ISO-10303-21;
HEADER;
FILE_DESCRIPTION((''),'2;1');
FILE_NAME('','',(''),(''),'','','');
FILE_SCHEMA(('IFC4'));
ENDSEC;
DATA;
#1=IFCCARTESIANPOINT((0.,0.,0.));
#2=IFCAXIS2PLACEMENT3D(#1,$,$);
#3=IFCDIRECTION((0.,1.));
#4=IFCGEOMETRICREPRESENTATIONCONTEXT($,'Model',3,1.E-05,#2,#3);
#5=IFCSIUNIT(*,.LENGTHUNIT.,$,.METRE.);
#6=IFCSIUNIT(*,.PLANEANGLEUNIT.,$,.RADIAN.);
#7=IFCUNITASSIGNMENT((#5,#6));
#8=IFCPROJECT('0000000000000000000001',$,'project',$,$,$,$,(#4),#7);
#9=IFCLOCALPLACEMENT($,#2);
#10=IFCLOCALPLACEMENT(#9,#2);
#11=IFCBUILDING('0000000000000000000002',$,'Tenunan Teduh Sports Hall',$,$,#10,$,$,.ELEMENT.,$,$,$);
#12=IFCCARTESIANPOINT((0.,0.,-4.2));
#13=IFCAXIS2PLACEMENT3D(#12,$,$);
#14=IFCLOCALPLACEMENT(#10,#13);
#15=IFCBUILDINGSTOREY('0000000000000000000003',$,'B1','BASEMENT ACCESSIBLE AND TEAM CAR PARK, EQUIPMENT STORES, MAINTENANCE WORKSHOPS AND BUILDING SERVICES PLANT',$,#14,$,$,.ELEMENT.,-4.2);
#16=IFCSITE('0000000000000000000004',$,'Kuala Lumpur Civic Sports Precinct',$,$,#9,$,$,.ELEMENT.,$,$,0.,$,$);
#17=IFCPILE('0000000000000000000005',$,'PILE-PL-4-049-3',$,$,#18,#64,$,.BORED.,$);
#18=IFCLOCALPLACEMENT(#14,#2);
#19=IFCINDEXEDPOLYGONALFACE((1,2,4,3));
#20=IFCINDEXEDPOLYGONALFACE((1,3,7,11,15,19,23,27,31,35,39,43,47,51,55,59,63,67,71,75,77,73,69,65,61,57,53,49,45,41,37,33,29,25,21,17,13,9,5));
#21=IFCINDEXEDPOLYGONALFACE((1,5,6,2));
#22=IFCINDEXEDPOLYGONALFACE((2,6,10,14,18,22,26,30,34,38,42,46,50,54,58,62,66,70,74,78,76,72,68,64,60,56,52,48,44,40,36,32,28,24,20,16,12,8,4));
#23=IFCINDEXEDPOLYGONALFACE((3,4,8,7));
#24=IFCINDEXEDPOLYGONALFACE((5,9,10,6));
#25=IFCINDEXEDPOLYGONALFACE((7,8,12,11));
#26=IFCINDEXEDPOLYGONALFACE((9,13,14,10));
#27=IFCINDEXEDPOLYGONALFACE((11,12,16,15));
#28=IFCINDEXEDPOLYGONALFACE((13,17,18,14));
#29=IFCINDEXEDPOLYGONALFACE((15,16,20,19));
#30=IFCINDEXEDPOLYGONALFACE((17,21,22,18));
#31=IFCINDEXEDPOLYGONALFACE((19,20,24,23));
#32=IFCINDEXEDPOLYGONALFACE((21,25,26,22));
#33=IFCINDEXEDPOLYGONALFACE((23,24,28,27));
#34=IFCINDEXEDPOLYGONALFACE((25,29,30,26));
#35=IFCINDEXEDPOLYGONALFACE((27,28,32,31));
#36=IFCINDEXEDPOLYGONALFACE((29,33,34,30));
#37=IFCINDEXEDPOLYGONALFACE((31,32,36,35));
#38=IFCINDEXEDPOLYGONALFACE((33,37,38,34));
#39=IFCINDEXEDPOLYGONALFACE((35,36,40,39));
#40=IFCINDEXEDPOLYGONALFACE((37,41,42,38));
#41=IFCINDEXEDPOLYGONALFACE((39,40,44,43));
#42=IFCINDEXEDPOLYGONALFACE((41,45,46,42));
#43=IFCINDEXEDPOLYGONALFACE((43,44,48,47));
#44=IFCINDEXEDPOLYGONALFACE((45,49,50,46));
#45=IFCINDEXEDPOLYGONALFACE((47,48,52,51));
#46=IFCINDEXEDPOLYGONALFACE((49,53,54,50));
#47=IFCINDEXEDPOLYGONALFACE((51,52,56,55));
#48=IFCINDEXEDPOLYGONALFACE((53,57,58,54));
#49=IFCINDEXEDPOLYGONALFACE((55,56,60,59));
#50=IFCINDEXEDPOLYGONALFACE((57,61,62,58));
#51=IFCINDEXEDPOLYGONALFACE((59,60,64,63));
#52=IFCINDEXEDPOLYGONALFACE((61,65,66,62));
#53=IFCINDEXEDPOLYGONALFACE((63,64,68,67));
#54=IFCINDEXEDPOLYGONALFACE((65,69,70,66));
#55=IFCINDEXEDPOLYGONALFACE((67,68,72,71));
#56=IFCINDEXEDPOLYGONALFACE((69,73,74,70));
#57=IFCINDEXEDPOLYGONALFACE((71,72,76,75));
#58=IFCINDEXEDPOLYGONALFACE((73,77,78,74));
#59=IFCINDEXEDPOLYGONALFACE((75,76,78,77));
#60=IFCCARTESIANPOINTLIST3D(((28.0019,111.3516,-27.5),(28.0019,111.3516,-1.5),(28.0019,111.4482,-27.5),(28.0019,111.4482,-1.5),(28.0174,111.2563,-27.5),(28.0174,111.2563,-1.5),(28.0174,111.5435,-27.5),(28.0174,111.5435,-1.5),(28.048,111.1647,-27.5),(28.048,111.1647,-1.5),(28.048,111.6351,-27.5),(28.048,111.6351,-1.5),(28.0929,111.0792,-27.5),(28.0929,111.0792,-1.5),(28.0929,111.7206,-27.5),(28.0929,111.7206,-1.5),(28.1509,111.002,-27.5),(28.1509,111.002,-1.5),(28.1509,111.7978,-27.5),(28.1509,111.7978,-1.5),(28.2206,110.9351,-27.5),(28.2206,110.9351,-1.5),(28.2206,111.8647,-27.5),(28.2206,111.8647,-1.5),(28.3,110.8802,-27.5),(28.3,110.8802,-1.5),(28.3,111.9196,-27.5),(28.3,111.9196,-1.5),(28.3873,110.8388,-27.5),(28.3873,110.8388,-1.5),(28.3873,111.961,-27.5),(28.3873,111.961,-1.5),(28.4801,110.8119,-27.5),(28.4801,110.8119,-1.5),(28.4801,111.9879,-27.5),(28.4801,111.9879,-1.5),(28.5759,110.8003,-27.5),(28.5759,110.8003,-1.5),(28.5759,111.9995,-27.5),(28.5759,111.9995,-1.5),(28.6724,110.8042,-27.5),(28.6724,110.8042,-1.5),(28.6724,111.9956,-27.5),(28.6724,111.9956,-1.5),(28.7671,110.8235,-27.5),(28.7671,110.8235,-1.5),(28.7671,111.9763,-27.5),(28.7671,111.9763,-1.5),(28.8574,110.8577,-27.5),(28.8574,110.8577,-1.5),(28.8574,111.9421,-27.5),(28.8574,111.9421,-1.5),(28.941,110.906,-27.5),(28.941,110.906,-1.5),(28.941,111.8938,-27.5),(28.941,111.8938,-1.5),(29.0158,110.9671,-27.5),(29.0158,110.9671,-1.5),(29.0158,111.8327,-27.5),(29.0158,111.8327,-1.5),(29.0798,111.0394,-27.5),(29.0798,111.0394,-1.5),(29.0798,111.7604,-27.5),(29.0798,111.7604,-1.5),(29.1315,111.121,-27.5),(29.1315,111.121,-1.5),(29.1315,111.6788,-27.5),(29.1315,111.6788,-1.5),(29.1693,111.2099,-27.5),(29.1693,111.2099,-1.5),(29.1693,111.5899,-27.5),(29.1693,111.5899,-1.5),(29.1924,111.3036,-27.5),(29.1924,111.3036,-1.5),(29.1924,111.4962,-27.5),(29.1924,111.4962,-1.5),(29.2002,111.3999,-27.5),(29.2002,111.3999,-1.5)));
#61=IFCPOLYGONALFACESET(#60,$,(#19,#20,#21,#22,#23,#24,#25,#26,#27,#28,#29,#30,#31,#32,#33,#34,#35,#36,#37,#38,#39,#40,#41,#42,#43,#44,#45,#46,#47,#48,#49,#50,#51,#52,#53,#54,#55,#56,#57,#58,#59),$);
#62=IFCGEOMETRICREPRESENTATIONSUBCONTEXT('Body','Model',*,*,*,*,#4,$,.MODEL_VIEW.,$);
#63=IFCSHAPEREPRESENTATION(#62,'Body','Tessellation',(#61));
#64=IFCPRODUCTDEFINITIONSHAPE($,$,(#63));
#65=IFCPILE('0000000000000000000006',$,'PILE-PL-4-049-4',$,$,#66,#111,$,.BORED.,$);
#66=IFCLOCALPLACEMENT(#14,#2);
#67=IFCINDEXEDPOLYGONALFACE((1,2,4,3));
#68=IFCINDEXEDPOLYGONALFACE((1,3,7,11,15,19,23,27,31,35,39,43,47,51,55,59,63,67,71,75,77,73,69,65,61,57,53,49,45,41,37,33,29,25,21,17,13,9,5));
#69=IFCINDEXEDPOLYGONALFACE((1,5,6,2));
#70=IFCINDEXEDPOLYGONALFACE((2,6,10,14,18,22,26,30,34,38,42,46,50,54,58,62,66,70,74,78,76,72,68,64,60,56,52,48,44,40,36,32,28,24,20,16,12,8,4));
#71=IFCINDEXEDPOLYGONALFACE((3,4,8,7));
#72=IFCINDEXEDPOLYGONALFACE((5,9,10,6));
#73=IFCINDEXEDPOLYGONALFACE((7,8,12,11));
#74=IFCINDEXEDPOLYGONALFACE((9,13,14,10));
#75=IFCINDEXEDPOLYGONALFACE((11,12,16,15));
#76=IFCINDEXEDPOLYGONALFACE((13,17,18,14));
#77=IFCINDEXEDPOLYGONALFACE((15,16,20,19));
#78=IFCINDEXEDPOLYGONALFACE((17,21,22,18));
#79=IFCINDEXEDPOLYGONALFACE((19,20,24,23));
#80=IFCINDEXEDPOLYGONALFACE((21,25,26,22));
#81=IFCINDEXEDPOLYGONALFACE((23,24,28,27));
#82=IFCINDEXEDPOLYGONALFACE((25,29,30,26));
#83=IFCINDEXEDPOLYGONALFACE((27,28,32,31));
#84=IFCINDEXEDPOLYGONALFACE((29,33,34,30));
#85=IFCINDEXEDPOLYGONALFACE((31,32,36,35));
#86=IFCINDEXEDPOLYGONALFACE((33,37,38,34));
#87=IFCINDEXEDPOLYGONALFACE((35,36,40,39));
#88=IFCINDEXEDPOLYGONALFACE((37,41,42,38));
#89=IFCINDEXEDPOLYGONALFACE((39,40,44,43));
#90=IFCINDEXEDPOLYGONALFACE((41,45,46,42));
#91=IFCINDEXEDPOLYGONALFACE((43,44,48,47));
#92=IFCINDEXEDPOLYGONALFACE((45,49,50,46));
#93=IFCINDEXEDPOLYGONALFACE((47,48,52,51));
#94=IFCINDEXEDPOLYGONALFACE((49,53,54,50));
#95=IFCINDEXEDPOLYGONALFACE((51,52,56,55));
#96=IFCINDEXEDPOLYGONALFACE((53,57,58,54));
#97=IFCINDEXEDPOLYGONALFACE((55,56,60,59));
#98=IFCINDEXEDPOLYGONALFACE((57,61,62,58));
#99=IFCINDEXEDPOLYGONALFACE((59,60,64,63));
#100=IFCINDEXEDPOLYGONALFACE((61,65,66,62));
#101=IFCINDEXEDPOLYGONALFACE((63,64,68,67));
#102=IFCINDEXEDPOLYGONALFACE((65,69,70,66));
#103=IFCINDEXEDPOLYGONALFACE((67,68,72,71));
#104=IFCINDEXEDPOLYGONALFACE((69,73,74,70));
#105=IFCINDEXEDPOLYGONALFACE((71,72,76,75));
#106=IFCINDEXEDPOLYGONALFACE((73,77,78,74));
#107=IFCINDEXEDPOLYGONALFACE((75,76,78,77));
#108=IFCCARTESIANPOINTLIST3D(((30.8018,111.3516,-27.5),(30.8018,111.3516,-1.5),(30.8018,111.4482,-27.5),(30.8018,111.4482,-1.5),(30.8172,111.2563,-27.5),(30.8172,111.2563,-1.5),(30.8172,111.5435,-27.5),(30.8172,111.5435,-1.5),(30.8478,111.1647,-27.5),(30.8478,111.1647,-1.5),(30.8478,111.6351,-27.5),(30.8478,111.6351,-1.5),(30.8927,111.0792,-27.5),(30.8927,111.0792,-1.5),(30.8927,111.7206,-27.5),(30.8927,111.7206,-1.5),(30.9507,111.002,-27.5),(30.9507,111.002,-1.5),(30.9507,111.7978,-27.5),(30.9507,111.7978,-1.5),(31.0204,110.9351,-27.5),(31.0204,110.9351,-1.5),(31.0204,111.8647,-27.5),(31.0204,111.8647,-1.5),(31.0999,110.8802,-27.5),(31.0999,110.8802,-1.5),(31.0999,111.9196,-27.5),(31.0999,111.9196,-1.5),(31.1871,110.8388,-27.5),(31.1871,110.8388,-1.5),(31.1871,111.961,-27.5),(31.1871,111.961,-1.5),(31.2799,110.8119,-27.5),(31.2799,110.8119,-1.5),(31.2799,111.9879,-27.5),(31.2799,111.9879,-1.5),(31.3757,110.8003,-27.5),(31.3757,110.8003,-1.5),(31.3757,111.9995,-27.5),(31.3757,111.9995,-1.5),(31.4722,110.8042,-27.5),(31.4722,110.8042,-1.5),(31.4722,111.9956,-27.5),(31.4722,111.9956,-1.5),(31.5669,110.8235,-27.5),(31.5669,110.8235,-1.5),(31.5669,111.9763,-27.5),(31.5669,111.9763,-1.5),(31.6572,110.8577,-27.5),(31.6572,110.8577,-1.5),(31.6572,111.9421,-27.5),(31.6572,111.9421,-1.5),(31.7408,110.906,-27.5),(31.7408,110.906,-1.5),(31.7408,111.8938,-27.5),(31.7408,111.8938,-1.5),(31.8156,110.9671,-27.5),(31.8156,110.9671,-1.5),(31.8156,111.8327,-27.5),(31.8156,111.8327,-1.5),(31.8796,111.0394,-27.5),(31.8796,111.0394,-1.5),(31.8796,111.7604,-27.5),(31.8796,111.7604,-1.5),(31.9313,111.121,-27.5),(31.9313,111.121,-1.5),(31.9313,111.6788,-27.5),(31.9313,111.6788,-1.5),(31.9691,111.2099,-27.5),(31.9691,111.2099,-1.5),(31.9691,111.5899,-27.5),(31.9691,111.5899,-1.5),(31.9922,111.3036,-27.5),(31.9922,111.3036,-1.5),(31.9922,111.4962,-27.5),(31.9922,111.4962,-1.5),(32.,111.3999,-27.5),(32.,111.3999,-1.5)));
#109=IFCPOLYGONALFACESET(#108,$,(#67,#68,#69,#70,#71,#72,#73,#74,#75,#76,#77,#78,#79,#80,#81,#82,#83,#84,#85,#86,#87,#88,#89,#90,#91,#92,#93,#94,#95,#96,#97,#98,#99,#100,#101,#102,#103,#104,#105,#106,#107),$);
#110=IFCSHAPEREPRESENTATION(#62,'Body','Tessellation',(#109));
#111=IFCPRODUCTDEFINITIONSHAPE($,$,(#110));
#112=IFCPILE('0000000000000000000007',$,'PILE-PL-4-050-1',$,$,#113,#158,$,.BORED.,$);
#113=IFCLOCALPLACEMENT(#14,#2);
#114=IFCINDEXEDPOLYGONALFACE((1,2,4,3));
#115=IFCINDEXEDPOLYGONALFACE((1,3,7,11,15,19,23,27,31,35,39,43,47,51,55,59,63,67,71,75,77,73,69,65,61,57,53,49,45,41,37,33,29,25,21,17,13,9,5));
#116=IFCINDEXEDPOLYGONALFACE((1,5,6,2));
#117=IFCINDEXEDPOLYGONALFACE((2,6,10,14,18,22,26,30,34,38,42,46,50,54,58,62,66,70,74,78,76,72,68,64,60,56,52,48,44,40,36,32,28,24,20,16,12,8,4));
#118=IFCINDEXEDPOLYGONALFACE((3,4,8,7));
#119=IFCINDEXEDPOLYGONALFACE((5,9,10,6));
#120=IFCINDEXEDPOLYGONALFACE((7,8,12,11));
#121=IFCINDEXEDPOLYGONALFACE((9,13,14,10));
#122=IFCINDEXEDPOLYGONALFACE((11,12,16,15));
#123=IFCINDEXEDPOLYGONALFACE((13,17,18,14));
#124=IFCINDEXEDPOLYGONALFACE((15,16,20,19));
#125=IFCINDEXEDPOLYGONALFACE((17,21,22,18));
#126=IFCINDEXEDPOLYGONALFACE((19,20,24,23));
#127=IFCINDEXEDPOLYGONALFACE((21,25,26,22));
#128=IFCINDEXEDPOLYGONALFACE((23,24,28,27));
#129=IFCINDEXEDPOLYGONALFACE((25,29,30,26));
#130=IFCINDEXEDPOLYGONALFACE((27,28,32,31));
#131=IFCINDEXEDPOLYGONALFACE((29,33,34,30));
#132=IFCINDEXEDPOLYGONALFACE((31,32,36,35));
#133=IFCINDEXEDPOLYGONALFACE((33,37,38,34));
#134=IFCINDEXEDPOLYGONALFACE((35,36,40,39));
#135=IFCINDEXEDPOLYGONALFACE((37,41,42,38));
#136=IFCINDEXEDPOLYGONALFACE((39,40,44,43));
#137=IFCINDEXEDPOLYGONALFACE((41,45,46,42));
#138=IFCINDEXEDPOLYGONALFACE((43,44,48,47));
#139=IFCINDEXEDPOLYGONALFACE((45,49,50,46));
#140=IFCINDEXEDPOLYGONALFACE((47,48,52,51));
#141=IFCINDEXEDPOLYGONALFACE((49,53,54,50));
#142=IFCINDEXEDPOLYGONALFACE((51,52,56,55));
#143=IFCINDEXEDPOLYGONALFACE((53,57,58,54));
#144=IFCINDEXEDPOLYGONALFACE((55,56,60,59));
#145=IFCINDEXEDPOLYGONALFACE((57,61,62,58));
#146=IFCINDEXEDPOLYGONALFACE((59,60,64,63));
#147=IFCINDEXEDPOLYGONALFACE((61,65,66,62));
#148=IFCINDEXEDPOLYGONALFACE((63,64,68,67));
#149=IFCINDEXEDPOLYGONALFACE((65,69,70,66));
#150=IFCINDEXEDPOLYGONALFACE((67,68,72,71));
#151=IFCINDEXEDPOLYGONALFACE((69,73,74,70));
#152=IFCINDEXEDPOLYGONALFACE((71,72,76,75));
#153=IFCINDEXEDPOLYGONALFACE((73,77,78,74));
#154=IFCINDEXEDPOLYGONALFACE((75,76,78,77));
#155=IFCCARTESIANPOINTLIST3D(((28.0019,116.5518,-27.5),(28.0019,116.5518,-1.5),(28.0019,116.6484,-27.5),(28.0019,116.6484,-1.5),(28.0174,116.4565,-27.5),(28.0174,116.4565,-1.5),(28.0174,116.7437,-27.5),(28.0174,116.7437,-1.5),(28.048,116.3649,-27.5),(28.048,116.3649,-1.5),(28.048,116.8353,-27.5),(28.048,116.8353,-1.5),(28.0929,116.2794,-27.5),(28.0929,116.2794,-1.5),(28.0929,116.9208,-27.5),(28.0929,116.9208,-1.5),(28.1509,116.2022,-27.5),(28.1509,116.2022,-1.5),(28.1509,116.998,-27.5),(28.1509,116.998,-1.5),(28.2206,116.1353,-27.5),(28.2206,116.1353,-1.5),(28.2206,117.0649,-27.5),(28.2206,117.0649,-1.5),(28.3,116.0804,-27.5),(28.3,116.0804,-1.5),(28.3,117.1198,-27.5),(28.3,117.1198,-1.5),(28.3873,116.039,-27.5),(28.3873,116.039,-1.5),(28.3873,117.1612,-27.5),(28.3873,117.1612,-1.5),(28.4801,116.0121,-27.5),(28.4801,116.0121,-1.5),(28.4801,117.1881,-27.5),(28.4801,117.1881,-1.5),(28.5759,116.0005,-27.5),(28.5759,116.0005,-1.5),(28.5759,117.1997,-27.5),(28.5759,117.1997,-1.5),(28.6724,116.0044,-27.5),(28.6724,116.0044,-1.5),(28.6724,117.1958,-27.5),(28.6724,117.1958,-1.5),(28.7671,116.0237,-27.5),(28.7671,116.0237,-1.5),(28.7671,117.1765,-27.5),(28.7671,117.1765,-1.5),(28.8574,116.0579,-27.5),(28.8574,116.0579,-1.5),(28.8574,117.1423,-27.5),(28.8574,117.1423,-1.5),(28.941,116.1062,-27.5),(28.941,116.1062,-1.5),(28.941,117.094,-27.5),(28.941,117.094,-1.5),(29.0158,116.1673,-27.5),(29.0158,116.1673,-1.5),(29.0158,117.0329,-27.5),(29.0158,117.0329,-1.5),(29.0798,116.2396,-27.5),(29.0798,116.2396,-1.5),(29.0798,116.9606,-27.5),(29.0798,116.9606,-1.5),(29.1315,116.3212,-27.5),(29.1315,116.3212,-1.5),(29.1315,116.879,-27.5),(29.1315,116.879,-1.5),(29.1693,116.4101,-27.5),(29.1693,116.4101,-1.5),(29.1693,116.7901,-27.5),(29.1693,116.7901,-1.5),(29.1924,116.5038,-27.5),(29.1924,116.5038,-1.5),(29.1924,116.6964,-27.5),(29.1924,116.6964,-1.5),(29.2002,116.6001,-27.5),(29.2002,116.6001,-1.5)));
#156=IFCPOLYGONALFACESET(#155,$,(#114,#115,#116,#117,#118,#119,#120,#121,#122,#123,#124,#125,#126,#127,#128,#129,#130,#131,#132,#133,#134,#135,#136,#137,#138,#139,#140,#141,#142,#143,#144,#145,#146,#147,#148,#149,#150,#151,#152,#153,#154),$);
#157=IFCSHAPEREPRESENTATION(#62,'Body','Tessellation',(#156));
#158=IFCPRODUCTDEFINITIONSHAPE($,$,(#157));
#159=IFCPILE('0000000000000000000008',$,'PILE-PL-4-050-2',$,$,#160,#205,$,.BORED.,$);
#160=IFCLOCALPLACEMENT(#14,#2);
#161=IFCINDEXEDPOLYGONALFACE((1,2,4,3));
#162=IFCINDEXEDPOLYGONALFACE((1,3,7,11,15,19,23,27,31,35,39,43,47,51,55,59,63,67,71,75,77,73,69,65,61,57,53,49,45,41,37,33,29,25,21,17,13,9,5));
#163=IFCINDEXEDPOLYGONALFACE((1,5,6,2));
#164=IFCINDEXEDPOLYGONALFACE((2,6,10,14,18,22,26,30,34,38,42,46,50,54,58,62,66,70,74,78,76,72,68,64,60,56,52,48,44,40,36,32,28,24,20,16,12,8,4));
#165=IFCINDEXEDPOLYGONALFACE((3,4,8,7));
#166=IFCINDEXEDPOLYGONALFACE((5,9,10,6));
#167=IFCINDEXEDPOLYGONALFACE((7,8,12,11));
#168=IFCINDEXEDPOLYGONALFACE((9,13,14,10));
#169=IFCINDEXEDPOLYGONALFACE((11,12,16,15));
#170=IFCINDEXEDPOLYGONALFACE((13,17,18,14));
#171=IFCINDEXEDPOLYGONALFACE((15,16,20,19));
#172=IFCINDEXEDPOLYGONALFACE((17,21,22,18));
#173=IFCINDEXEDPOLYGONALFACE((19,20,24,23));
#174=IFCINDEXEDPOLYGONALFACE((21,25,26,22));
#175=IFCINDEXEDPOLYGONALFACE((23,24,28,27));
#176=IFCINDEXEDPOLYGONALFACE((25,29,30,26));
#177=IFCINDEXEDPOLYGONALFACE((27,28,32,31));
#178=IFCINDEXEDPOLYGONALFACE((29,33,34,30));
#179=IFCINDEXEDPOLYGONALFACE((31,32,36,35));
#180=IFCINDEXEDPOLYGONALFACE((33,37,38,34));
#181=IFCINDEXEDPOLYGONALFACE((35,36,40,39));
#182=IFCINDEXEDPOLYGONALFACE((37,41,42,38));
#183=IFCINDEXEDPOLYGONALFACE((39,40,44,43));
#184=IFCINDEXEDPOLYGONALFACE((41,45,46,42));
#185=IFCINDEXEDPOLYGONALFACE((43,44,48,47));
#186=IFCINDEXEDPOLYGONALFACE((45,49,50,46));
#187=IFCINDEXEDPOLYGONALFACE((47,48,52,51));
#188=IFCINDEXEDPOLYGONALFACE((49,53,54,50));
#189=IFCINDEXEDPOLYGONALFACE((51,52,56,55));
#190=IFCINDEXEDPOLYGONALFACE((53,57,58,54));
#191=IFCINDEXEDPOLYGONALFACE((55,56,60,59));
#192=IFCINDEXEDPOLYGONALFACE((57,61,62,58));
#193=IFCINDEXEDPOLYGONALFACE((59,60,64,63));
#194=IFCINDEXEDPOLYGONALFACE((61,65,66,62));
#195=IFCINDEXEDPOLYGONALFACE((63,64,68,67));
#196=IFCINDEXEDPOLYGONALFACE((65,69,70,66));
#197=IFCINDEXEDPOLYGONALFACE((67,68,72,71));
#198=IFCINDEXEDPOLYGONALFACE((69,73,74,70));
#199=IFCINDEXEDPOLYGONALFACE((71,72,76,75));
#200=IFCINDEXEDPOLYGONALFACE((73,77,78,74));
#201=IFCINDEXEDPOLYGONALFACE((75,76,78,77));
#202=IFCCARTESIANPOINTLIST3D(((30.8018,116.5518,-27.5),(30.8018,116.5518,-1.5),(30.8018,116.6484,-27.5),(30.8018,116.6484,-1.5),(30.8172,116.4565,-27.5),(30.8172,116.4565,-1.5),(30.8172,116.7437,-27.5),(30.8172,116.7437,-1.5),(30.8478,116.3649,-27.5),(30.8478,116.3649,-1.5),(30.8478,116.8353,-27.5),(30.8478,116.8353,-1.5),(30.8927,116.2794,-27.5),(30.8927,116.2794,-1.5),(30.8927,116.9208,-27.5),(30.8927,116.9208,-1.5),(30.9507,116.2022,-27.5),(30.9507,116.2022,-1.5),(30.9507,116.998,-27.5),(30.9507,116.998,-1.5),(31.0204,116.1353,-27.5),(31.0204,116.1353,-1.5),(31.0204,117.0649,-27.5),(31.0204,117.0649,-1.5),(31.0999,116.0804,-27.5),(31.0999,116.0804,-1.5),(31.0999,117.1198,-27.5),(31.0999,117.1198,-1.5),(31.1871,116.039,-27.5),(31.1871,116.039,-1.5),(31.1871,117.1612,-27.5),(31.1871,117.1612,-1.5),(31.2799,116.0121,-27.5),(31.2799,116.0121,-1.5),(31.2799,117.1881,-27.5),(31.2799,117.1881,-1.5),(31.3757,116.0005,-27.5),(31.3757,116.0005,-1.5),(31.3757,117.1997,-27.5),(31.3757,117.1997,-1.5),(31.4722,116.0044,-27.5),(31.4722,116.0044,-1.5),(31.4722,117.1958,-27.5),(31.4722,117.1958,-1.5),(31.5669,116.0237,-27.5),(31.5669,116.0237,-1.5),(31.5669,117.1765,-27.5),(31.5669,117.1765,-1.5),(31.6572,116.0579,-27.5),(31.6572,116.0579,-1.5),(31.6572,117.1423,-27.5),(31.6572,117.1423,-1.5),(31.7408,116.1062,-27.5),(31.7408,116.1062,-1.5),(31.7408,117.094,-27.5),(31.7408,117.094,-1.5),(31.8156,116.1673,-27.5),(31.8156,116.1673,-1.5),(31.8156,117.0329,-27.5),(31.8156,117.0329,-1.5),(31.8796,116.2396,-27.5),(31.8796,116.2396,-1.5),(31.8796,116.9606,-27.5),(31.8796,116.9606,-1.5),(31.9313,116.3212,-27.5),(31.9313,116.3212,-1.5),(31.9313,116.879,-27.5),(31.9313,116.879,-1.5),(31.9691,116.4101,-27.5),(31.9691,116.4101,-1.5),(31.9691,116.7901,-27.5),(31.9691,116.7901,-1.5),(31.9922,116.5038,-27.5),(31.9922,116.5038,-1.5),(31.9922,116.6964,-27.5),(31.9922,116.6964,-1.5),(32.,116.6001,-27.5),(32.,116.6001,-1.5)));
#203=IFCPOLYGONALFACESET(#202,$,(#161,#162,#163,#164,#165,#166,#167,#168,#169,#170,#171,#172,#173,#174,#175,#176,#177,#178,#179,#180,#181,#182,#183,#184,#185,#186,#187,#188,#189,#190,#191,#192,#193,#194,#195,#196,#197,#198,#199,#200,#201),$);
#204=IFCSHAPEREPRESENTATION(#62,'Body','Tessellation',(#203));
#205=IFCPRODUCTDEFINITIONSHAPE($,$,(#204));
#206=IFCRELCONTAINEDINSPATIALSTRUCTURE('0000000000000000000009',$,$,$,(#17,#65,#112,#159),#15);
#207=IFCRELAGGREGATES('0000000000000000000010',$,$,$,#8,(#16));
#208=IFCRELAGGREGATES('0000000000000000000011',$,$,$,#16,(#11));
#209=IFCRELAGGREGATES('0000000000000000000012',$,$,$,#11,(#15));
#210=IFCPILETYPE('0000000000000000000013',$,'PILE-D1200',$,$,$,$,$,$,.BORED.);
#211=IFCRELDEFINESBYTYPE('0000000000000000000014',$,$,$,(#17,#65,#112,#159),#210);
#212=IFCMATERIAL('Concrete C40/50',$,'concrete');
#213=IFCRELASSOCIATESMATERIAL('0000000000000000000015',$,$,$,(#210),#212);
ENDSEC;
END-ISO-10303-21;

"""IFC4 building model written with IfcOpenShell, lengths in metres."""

from ifc_helpers import new_model, si_unit, direction, frame, origin, origin_2d, place, context, subcontext, project, spatial, circle, extrude, material, material_profile, profile_set, type_object, element, save


model = new_model("IFC4")

# Units and contexts
model_context = context("Model", 3, precision=1e-05, world=origin(), true_north=direction((0.0, 1.0)))
body_context = subcontext(model_context, "Body", "Model", "MODEL_VIEW")
ifc_project = project(units=[si_unit("LENGTHUNIT", "METRE"), si_unit("PLANEANGLEUNIT", "RADIAN")], contexts=[model_context])

# Site, building, storey
site_placement = place(None, origin())
site = spatial("IfcSite", under=ifc_project, at=site_placement, Name="Kuala Lumpur Civic Sports Precinct", CompositionType="ELEMENT", RefElevation=0.0)
building_placement = place(site_placement, origin())
building = spatial("IfcBuilding", under=site, at=building_placement, Name="Tenunan Teduh Sports Hall", CompositionType="ELEMENT")
storey_placement = place(building_placement, frame((0.0, 0.0, -4.2)))
storey = spatial("IfcBuildingStorey", under=building, at=storey_placement, Name="B1", Description="BASEMENT ACCESSIBLE AND TEAM CAR PARK, EQUIPMENT STORES, MAINTENANCE WORKSHOPS AND BUILDING SERVICES PLANT", CompositionType="ELEMENT", Elevation=-4.2)

# Piles
ifc_material_1 = material(Name="Concrete C40/50", Category="concrete")
ifc_material_profile_1 = material_profile(ifc_material_1, circle(Radius=0.6001, at=origin_2d()), Name="PILE D1200")
ifc_profile_set_1 = profile_set([ifc_material_profile_1], Name="Concrete C40/50")
pile_type = type_object("IfcPileType", Name="PILE-D1200", PredefinedType="BORED", material=ifc_profile_set_1)
for number, where, z_axis, x_axis, name in (
    (1, (28.6001, 111.3999, -1.5), (0.0, 0.0, -1.0), (1.0, 0.0, 0.0), "PILE-PL-4-049-3"),
    (2, (31.3999, 111.3999, -1.5), (0.0, 0.0, -1.0), (1.0, 0.0, 0.0), "PILE-PL-4-049-4"),
    (3, (28.6001, 116.6001, -1.5), (0.0, 0.0, -1.0), (1.0, 0.0, 0.0), "PILE-PL-4-050-1"),
    (4, (31.3999, 116.6001, -1.5), (0.0, 0.0, -1.0), (1.0, 0.0, 0.0), "PILE-PL-4-050-2"),
):
    element("IfcPile", number, at=place(storey_placement, frame(where, z_axis=z_axis, x_axis=x_axis)), inside=storey, type_object=pile_type, Name=name, PredefinedType="BORED", context=body_context, shape_type="SweptSolid", body=[
        extrude(circle(Radius=0.6001, at=origin_2d()), origin(), (0.0, 0.0, 1.0), 26.0),
    ])

save(model, "model.ifc")
